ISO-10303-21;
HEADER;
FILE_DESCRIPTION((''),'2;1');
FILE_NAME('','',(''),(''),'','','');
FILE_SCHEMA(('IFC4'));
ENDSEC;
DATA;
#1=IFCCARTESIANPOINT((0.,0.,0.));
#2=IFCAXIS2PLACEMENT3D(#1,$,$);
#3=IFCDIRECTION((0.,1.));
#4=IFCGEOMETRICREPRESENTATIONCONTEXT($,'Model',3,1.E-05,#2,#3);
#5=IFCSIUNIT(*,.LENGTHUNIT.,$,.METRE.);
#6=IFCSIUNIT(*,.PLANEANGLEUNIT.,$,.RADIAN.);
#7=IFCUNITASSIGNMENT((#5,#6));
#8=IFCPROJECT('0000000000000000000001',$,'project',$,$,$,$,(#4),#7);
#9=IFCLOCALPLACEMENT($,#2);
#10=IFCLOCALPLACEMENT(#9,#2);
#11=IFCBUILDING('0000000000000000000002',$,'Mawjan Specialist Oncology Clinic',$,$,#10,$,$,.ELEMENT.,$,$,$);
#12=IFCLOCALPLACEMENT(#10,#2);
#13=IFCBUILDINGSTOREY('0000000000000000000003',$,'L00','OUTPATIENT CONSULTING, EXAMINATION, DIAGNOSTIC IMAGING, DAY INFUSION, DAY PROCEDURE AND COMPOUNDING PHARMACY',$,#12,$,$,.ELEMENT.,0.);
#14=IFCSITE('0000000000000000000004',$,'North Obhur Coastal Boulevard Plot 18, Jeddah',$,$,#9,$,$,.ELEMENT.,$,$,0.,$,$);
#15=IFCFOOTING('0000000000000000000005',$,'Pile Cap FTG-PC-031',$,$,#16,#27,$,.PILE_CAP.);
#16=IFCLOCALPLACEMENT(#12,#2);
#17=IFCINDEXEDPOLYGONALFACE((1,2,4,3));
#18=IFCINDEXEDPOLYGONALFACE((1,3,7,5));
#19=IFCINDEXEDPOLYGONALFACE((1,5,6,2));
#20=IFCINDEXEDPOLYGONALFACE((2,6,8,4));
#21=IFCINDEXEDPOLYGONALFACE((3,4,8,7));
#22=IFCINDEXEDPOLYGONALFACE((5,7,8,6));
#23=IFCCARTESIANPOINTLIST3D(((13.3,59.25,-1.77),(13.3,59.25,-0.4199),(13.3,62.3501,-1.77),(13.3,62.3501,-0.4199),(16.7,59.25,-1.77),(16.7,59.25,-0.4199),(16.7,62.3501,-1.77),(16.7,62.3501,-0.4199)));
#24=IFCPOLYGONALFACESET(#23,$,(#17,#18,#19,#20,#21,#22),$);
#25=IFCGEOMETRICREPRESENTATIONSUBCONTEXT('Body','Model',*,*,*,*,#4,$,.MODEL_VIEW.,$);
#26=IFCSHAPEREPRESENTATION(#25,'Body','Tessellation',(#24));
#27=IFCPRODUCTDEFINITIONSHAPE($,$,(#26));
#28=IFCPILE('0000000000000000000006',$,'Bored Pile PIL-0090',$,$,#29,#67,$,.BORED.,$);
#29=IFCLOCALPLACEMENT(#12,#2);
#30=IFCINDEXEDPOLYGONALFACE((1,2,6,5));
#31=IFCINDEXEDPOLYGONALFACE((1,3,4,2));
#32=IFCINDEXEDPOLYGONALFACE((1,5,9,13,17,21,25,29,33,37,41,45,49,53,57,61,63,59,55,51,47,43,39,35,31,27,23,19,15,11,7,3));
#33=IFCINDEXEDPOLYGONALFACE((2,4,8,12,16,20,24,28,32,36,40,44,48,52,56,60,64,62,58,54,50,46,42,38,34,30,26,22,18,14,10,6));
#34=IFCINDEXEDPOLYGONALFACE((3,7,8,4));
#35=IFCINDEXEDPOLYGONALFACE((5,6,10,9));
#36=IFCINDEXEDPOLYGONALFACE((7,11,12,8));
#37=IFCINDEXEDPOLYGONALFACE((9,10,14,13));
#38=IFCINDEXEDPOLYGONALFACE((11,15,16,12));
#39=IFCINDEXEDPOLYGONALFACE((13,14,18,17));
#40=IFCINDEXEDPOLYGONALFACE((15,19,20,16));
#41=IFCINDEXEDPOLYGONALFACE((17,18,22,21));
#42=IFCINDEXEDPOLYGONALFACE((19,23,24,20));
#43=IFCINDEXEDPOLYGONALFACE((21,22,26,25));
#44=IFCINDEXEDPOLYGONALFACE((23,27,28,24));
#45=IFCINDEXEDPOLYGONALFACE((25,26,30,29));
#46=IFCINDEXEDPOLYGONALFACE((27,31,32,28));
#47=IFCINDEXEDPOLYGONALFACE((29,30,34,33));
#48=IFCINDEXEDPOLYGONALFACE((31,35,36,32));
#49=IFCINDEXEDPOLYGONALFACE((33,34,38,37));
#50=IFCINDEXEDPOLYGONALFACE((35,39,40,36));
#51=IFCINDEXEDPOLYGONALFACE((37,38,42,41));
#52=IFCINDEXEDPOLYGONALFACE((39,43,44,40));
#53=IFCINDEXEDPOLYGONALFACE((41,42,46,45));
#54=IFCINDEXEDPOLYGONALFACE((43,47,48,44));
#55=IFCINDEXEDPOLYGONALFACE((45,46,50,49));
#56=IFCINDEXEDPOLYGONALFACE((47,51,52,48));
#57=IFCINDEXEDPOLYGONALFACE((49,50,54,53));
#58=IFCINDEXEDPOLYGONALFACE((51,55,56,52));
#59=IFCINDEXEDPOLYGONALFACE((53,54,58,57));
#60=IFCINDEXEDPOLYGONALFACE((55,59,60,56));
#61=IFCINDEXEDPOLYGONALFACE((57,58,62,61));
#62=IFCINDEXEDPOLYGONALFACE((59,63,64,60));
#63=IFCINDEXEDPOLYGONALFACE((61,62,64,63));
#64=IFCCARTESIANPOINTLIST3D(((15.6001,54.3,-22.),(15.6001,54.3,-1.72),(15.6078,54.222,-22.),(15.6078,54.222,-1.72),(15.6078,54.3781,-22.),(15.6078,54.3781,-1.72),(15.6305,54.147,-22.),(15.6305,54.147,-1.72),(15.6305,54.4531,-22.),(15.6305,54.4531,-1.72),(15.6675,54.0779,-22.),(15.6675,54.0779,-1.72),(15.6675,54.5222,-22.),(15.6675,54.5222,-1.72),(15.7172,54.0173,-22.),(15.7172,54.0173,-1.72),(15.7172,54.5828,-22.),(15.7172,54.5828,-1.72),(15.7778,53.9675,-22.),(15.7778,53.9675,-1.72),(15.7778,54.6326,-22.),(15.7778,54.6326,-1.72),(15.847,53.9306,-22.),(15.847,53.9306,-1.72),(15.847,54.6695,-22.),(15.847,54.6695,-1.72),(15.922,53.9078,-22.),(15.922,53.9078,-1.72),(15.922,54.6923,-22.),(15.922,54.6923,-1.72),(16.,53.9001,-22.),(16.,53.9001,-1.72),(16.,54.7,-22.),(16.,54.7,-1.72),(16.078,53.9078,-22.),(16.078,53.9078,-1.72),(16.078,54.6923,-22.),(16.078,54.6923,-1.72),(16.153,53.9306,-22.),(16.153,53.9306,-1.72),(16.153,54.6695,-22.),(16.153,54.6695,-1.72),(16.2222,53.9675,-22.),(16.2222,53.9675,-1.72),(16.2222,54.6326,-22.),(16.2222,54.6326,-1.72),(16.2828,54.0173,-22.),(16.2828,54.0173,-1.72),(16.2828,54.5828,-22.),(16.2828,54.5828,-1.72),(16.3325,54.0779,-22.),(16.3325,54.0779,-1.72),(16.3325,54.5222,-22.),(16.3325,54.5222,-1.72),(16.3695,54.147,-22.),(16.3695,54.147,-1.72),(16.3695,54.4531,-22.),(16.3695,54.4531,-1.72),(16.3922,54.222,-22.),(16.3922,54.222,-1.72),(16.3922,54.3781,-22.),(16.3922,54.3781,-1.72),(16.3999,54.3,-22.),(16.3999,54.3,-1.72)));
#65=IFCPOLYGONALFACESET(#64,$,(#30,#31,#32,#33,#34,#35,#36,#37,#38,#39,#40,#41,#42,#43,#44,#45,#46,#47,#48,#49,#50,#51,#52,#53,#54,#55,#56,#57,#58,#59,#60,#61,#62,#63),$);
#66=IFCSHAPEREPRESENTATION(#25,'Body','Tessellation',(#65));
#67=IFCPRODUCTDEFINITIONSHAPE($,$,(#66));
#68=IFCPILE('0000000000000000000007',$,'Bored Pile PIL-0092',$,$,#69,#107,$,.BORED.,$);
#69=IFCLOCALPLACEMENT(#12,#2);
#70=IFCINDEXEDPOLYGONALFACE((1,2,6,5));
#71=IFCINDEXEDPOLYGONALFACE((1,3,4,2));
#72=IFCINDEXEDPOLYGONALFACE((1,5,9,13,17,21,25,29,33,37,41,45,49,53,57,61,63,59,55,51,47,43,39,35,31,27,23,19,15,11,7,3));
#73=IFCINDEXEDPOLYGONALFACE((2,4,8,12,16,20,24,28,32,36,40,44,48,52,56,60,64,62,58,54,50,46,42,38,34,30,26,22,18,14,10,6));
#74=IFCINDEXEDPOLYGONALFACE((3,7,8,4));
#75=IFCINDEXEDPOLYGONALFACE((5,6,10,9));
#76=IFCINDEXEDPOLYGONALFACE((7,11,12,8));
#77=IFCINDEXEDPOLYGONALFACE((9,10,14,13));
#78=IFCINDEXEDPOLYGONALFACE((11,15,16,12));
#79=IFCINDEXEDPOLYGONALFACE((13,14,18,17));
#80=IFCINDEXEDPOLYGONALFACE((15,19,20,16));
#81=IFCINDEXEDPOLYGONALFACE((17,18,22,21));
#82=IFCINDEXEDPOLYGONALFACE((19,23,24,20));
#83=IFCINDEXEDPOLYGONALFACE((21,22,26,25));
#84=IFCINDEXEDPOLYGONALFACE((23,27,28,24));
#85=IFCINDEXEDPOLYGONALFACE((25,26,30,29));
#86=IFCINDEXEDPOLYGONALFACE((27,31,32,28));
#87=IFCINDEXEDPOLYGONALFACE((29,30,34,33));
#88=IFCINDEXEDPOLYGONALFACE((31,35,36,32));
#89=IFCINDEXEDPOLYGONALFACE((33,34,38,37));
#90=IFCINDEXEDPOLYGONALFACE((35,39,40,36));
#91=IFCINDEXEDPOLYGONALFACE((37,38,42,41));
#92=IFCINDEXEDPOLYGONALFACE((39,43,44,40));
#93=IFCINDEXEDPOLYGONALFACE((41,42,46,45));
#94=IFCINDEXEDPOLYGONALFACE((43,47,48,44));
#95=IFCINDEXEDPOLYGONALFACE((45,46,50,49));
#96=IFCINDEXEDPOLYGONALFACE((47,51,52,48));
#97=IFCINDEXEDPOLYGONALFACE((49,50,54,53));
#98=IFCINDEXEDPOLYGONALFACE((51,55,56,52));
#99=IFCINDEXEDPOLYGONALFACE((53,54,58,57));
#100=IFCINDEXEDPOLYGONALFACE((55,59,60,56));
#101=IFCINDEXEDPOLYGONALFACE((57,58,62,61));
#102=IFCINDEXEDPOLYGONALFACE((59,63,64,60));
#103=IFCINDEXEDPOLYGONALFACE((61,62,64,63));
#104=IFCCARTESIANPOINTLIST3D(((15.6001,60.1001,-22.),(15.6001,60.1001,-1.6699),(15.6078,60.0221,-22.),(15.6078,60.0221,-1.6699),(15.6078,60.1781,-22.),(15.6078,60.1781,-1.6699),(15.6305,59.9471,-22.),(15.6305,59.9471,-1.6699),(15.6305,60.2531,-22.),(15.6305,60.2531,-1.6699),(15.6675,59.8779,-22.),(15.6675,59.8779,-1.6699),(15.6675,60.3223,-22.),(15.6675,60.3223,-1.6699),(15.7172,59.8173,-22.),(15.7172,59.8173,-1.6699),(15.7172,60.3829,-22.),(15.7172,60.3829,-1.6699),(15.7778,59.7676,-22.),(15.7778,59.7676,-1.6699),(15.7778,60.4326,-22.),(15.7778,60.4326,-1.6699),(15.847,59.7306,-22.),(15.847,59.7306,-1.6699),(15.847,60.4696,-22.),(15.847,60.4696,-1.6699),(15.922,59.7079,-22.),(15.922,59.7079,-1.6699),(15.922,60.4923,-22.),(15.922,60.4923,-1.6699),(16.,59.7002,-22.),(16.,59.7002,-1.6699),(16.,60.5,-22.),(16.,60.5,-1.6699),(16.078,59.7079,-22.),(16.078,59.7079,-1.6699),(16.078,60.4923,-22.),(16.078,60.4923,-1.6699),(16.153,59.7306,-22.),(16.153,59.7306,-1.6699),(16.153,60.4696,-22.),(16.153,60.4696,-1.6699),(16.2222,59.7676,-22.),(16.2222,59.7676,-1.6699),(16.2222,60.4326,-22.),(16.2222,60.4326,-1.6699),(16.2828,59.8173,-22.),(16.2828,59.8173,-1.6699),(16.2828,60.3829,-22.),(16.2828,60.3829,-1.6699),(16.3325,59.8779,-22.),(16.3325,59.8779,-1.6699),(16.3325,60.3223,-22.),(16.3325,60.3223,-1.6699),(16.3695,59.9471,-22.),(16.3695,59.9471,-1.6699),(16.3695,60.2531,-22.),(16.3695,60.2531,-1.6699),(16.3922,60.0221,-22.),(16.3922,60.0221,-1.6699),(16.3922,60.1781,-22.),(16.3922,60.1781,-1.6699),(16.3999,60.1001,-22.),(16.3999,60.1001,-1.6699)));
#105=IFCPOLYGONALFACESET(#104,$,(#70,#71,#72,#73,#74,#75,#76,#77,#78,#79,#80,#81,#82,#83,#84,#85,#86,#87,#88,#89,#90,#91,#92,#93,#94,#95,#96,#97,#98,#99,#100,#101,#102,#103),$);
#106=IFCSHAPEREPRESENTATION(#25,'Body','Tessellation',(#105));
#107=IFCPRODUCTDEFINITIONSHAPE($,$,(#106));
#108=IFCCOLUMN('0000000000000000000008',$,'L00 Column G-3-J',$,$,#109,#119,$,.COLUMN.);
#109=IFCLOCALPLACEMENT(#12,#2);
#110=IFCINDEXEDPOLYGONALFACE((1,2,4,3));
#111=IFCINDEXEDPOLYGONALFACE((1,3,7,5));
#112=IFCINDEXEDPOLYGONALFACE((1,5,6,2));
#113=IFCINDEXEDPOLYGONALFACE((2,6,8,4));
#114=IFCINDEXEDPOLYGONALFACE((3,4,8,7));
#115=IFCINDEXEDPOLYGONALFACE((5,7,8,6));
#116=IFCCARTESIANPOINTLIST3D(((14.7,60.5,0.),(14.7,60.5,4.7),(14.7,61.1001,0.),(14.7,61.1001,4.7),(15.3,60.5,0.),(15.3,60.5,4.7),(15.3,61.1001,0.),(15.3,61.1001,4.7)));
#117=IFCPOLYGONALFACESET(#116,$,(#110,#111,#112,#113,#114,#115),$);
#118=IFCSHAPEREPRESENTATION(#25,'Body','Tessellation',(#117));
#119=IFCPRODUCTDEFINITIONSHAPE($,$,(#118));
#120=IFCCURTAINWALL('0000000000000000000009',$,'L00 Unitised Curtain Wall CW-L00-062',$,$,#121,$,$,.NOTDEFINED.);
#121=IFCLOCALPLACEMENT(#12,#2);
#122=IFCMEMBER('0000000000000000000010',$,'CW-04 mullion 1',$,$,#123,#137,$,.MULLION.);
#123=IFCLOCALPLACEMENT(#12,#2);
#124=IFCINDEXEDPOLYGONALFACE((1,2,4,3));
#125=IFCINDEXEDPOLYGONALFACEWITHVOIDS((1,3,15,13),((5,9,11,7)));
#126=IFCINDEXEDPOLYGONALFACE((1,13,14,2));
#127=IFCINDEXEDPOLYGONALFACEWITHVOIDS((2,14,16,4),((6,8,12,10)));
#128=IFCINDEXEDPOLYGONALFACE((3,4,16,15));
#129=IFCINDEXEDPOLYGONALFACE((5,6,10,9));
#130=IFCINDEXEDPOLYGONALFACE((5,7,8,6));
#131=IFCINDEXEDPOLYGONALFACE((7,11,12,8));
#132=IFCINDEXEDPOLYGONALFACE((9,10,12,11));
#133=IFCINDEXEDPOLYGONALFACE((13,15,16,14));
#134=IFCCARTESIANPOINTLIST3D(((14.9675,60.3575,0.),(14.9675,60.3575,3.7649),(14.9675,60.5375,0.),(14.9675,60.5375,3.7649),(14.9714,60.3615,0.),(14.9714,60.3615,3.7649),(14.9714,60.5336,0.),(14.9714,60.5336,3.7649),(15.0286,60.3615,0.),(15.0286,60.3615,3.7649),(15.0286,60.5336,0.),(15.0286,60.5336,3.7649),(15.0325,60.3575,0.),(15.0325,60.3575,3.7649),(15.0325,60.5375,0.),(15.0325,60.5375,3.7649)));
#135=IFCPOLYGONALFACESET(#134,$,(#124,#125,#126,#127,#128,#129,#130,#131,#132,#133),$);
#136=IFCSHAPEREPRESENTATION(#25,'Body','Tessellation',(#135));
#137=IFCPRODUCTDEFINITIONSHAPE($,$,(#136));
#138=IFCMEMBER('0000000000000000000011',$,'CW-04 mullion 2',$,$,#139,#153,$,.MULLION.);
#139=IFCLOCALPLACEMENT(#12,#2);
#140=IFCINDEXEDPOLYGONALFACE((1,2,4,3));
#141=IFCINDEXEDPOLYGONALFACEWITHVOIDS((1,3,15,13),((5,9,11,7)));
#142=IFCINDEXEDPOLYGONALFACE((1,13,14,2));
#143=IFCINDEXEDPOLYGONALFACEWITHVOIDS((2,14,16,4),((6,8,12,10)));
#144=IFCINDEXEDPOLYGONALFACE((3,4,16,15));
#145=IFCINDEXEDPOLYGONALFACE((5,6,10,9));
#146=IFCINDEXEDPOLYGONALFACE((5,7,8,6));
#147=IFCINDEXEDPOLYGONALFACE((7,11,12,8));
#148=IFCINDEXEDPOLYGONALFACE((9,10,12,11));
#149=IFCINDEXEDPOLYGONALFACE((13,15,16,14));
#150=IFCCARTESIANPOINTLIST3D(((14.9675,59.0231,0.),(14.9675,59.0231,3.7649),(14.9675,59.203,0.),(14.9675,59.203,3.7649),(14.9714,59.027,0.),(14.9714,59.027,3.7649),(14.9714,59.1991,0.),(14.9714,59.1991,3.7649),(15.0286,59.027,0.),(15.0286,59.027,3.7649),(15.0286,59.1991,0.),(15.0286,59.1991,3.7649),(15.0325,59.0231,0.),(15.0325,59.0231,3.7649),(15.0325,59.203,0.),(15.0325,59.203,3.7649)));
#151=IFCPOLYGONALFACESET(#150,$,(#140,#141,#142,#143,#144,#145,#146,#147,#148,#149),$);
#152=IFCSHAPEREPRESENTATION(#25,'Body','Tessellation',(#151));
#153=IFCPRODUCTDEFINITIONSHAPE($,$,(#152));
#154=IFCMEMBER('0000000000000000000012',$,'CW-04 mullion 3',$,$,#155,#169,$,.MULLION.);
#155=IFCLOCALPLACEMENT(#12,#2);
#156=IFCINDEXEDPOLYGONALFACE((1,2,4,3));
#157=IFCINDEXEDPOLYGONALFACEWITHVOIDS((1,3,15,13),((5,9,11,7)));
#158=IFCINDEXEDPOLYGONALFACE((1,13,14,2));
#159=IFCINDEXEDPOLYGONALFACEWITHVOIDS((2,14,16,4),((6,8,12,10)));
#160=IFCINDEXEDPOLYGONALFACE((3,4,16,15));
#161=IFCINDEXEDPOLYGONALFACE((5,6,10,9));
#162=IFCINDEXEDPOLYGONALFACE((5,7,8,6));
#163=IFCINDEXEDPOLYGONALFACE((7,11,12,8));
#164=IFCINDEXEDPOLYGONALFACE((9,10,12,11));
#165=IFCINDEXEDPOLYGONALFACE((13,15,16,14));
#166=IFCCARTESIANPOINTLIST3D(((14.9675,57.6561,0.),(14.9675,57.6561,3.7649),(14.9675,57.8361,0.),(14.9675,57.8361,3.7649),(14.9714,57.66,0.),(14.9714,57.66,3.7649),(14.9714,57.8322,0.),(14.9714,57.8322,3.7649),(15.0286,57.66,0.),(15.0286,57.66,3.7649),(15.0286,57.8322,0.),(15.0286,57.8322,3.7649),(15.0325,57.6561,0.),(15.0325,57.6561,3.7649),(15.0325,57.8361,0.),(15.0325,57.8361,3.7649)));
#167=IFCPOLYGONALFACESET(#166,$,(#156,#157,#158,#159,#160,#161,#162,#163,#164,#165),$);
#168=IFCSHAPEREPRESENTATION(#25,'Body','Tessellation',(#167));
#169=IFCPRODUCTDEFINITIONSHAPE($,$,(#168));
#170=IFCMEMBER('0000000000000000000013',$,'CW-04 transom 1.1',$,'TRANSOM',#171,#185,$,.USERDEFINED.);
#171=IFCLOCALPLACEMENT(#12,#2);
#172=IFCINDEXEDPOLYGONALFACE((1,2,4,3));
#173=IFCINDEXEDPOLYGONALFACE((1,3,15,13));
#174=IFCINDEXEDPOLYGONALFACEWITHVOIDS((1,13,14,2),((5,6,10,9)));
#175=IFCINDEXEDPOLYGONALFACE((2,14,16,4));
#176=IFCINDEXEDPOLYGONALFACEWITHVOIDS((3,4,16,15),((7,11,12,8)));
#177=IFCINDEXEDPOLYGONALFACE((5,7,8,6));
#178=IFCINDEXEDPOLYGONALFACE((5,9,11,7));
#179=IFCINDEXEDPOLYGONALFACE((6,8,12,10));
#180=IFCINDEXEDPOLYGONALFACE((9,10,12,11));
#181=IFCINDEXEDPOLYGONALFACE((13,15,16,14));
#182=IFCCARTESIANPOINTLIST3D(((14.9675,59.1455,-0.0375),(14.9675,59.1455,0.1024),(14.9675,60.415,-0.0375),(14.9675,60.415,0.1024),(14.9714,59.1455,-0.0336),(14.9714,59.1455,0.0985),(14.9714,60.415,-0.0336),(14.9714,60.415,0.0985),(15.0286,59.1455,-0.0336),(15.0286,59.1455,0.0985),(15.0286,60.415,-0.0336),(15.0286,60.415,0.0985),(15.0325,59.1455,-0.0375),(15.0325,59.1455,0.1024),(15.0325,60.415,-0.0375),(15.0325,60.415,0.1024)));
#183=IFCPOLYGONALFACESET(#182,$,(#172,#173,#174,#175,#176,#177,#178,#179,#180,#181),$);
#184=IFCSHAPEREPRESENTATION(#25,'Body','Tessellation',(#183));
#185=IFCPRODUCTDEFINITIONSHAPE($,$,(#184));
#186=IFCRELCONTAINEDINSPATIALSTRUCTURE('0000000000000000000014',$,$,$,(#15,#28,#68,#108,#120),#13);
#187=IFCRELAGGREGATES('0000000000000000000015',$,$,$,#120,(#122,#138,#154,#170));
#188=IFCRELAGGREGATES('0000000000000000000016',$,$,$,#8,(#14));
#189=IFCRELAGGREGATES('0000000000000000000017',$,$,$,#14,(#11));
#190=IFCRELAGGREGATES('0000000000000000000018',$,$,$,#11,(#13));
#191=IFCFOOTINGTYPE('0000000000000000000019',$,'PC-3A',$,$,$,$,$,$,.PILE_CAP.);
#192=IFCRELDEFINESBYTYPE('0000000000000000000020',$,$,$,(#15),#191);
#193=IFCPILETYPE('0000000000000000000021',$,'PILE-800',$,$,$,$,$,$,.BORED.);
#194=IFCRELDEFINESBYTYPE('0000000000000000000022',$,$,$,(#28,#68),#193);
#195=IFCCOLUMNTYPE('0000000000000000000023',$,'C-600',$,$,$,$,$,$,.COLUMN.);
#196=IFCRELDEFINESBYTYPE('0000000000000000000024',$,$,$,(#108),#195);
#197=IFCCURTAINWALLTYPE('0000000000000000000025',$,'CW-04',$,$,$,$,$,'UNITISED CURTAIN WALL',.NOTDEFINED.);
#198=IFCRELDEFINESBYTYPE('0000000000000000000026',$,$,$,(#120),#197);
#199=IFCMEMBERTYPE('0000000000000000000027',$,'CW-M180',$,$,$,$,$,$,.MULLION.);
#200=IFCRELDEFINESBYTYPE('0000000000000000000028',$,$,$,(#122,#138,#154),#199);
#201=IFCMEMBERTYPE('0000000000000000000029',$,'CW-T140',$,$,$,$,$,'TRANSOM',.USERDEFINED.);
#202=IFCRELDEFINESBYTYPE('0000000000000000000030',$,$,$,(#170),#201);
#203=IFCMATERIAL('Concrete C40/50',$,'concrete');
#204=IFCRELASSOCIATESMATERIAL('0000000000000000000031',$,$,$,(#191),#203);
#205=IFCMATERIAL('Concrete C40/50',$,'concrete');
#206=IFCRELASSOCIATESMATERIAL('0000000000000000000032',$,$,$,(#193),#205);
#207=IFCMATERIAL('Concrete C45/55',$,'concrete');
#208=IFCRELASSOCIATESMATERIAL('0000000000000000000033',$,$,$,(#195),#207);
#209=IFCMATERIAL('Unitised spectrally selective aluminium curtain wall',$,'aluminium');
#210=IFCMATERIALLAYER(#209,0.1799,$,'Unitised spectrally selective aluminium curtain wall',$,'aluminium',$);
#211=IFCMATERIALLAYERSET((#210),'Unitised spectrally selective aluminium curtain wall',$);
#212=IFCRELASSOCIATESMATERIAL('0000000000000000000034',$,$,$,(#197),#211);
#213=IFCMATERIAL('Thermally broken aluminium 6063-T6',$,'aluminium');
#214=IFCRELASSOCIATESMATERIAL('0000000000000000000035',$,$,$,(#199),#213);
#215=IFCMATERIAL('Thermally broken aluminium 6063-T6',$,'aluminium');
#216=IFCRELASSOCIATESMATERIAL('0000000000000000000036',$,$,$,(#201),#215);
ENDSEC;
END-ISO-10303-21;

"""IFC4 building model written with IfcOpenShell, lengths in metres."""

from ifc_helpers import new_model, si_unit, direction, frame, origin, origin_2d, place, context, subcontext, project, spatial, rectangle, hollow_rectangle, circle, extrude, material, layer, layer_set, material_profile, profile_set, type_object, element, aggregate, save


model = new_model("IFC4")

# Units and contexts
model_context = context("Model", 3, precision=1e-05, world=origin(), true_north=direction((0.0, 1.0)))
body_context = subcontext(model_context, "Body", "Model", "MODEL_VIEW")
ifc_project = project(units=[si_unit("LENGTHUNIT", "METRE"), si_unit("PLANEANGLEUNIT", "RADIAN")], contexts=[model_context])

# Site, building, storey
site_placement = place(None, origin())
site = spatial("IfcSite", under=ifc_project, at=site_placement, Name="North Obhur Coastal Boulevard Plot 18, Jeddah", CompositionType="ELEMENT", RefElevation=0.0)
building_placement = place(site_placement, origin())
building = spatial("IfcBuilding", under=site, at=building_placement, Name="Mawjan Specialist Oncology Clinic", CompositionType="ELEMENT")
storey_placement = place(building_placement, origin())
storey = spatial("IfcBuildingStorey", under=building, at=storey_placement, Name="L00", Description="OUTPATIENT CONSULTING, EXAMINATION, DIAGNOSTIC IMAGING, DAY INFUSION, DAY PROCEDURE AND COMPOUNDING PHARMACY", CompositionType="ELEMENT", Elevation=0.0)

# Footing
ifc_material_1 = material(Name="Concrete C40/50", Category="concrete")
footing_type = type_object("IfcFootingType", Name="PC-3A", PredefinedType="PILE_CAP", material=ifc_material_1)
footing_placement = place(storey_placement, frame((15.0, 60.8, -1.77), z_axis=(0.0, 0.0, 1.0), x_axis=(1.0, 0.0, 0.0)))
element("IfcFooting", 1, at=footing_placement, inside=storey, type_object=footing_type, Name="Pile Cap FTG-PC-031", PredefinedType="PILE_CAP", context=body_context, shape_type="SweptSolid", body=[
    extrude(rectangle(XDim=3.3999, YDim=3.1001, at=origin_2d()), origin(), (0.0, 0.0, 1.0), 1.3501),
])

# Piles
ifc_material_2 = material(Name="Concrete C40/50", Category="concrete")
ifc_material_profile_1 = material_profile(ifc_material_2, circle(Radius=0.3999, at=origin_2d()), Name="BORED PILE D800", Category="concrete")
ifc_profile_set_1 = profile_set([ifc_material_profile_1], Name="Concrete C40/50")
pile_type = type_object("IfcPileType", Name="PILE-800", PredefinedType="BORED", material=ifc_profile_set_1)
pile_1_placement = place(storey_placement, frame((16.0, 54.3, -1.72), z_axis=(0.0, 0.0, -1.0), x_axis=(1.0, 0.0, 0.0)))
element("IfcPile", 2, at=pile_1_placement, inside=storey, type_object=pile_type, Name="Bored Pile PIL-0090", PredefinedType="BORED", context=body_context, shape_type="SweptSolid", body=[
    extrude(circle(Radius=0.3999, at=origin_2d()), origin(), (0.0, 0.0, 1.0), 20.28),
])
pile_2_placement = place(storey_placement, frame((16.0, 60.1001, -1.6699), z_axis=(0.0, 0.0, -1.0), x_axis=(1.0, 0.0, 0.0)))
element("IfcPile", 3, at=pile_2_placement, inside=storey, type_object=pile_type, Name="Bored Pile PIL-0092", PredefinedType="BORED", context=body_context, shape_type="SweptSolid", body=[
    extrude(circle(Radius=0.3999, at=origin_2d()), origin(), (0.0, 0.0, 1.0), 20.3301),
])

# Column
ifc_material_3 = material(Name="Concrete C45/55", Category="concrete")
ifc_material_profile_2 = material_profile(ifc_material_3, rectangle(XDim=0.6001, YDim=0.6001, at=origin_2d()), Name="RC COL 600x600", Category="concrete")
ifc_profile_set_2 = profile_set([ifc_material_profile_2], Name="Concrete C45/55")
column_type = type_object("IfcColumnType", Name="C-600", PredefinedType="COLUMN", material=ifc_profile_set_2)
column_placement = place(storey_placement, frame((15.0, 60.8, 0.0), z_axis=(0.0, 0.0, 1.0), x_axis=(1.0, 0.0, 0.0)))
element("IfcColumn", 4, at=column_placement, inside=storey, type_object=column_type, Name="L00 Column G-3-J", PredefinedType="COLUMN", context=body_context, shape_type="SweptSolid", body=[
    extrude(rectangle(XDim=0.6001, YDim=0.6001, at=origin_2d()), origin(), (0.0, 0.0, 1.0), 4.7),
])

# Curtain wall, members
ifc_material_4 = material(Name="Unitised spectrally selective aluminium curtain wall", Category="aluminium")
ifc_layer_1 = layer(ifc_material_4, 0.1799, Name="Unitised spectrally selective aluminium curtain wall", Category="aluminium")
ifc_layer_set_1 = layer_set([ifc_layer_1], Name="Unitised spectrally selective aluminium curtain wall")
curtain_wall_type = type_object("IfcCurtainWallType", Name="CW-04", ElementType="UNITISED CURTAIN WALL", PredefinedType="NOTDEFINED", material=ifc_layer_set_1)
curtain_wall_placement = place(storey_placement, origin())
curtain_wall = element("IfcCurtainWall", 5, at=curtain_wall_placement, inside=storey, type_object=curtain_wall_type, Name="L00 Unitised Curtain Wall CW-L00-062", PredefinedType="NOTDEFINED")
ifc_material_5 = material(Name="Thermally broken aluminium 6063-T6", Category="aluminium")
ifc_material_profile_3 = material_profile(ifc_material_5, hollow_rectangle(XDim=0.0649, YDim=0.1799, WallThickness=0.0039, at=origin_2d()), Name="ALU MULLION 180x65x4", Category="aluminium")
ifc_profile_set_3 = profile_set([ifc_material_profile_3], Name="Thermally broken aluminium 6063-T6")
member_type_1 = type_object("IfcMemberType", Name="CW-M180", PredefinedType="MULLION", material=ifc_profile_set_3)
member_1_placement = place(storey_placement, frame((15.0, 60.4475, 0.0), z_axis=(0.0, 0.0, 1.0), x_axis=(1.0, 0.0, 0.0)))
member_1 = element("IfcMember", 6, at=member_1_placement, type_object=member_type_1, Name="CW-04 mullion 1", PredefinedType="MULLION", context=body_context, shape_type="SweptSolid", body=[
    extrude(hollow_rectangle(XDim=0.0649, YDim=0.1799, WallThickness=0.0039, at=origin_2d()), origin(), (0.0, 0.0, 1.0), 3.7649),
])
member_2_placement = place(storey_placement, frame((15.0, 59.113, 0.0), z_axis=(0.0, 0.0, 1.0), x_axis=(1.0, 0.0, 0.0)))
member_2 = element("IfcMember", 7, at=member_2_placement, type_object=member_type_1, Name="CW-04 mullion 2", PredefinedType="MULLION", context=body_context, shape_type="SweptSolid", body=[
    extrude(hollow_rectangle(XDim=0.0649, YDim=0.1799, WallThickness=0.0039, at=origin_2d()), origin(), (0.0, 0.0, 1.0), 3.7649),
])
member_3_placement = place(storey_placement, frame((15.0, 57.7461, 0.0), z_axis=(0.0, 0.0, 1.0), x_axis=(1.0, 0.0, 0.0)))
member_3 = element("IfcMember", 8, at=member_3_placement, type_object=member_type_1, Name="CW-04 mullion 3", PredefinedType="MULLION", context=body_context, shape_type="SweptSolid", body=[
    extrude(hollow_rectangle(XDim=0.0649, YDim=0.1799, WallThickness=0.0039, at=origin_2d()), origin(), (0.0, 0.0, 1.0), 3.7649),
])
ifc_material_6 = material(Name="Thermally broken aluminium 6063-T6", Category="aluminium")
ifc_material_profile_4 = material_profile(ifc_material_6, hollow_rectangle(XDim=0.0649, YDim=0.1399, WallThickness=0.0039, at=origin_2d()), Name="ALU TRANSOM 140x65x4", Category="aluminium")
ifc_profile_set_4 = profile_set([ifc_material_profile_4], Name="Thermally broken aluminium 6063-T6")
member_type_2 = type_object("IfcMemberType", Name="CW-T140", ElementType="TRANSOM", PredefinedType="USERDEFINED", material=ifc_profile_set_4)
member_4_placement = place(storey_placement, frame((15.0, 60.415, 0.0325), z_axis=(0.0, -1.0, 0.0), x_axis=(1.0, 0.0, 0.0)))
member_4 = element("IfcMember", 9, at=member_4_placement, type_object=member_type_2, Name="CW-04 transom 1.1", ObjectType="TRANSOM", PredefinedType="USERDEFINED", context=body_context, shape_type="SweptSolid", body=[
    extrude(hollow_rectangle(XDim=0.0649, YDim=0.1399, WallThickness=0.0039, at=origin_2d()), origin(), (0.0, 0.0, 1.0), 1.2695),
])
aggregate(curtain_wall, [member_1, member_2, member_3, member_4])

save(model, "model.ifc")
